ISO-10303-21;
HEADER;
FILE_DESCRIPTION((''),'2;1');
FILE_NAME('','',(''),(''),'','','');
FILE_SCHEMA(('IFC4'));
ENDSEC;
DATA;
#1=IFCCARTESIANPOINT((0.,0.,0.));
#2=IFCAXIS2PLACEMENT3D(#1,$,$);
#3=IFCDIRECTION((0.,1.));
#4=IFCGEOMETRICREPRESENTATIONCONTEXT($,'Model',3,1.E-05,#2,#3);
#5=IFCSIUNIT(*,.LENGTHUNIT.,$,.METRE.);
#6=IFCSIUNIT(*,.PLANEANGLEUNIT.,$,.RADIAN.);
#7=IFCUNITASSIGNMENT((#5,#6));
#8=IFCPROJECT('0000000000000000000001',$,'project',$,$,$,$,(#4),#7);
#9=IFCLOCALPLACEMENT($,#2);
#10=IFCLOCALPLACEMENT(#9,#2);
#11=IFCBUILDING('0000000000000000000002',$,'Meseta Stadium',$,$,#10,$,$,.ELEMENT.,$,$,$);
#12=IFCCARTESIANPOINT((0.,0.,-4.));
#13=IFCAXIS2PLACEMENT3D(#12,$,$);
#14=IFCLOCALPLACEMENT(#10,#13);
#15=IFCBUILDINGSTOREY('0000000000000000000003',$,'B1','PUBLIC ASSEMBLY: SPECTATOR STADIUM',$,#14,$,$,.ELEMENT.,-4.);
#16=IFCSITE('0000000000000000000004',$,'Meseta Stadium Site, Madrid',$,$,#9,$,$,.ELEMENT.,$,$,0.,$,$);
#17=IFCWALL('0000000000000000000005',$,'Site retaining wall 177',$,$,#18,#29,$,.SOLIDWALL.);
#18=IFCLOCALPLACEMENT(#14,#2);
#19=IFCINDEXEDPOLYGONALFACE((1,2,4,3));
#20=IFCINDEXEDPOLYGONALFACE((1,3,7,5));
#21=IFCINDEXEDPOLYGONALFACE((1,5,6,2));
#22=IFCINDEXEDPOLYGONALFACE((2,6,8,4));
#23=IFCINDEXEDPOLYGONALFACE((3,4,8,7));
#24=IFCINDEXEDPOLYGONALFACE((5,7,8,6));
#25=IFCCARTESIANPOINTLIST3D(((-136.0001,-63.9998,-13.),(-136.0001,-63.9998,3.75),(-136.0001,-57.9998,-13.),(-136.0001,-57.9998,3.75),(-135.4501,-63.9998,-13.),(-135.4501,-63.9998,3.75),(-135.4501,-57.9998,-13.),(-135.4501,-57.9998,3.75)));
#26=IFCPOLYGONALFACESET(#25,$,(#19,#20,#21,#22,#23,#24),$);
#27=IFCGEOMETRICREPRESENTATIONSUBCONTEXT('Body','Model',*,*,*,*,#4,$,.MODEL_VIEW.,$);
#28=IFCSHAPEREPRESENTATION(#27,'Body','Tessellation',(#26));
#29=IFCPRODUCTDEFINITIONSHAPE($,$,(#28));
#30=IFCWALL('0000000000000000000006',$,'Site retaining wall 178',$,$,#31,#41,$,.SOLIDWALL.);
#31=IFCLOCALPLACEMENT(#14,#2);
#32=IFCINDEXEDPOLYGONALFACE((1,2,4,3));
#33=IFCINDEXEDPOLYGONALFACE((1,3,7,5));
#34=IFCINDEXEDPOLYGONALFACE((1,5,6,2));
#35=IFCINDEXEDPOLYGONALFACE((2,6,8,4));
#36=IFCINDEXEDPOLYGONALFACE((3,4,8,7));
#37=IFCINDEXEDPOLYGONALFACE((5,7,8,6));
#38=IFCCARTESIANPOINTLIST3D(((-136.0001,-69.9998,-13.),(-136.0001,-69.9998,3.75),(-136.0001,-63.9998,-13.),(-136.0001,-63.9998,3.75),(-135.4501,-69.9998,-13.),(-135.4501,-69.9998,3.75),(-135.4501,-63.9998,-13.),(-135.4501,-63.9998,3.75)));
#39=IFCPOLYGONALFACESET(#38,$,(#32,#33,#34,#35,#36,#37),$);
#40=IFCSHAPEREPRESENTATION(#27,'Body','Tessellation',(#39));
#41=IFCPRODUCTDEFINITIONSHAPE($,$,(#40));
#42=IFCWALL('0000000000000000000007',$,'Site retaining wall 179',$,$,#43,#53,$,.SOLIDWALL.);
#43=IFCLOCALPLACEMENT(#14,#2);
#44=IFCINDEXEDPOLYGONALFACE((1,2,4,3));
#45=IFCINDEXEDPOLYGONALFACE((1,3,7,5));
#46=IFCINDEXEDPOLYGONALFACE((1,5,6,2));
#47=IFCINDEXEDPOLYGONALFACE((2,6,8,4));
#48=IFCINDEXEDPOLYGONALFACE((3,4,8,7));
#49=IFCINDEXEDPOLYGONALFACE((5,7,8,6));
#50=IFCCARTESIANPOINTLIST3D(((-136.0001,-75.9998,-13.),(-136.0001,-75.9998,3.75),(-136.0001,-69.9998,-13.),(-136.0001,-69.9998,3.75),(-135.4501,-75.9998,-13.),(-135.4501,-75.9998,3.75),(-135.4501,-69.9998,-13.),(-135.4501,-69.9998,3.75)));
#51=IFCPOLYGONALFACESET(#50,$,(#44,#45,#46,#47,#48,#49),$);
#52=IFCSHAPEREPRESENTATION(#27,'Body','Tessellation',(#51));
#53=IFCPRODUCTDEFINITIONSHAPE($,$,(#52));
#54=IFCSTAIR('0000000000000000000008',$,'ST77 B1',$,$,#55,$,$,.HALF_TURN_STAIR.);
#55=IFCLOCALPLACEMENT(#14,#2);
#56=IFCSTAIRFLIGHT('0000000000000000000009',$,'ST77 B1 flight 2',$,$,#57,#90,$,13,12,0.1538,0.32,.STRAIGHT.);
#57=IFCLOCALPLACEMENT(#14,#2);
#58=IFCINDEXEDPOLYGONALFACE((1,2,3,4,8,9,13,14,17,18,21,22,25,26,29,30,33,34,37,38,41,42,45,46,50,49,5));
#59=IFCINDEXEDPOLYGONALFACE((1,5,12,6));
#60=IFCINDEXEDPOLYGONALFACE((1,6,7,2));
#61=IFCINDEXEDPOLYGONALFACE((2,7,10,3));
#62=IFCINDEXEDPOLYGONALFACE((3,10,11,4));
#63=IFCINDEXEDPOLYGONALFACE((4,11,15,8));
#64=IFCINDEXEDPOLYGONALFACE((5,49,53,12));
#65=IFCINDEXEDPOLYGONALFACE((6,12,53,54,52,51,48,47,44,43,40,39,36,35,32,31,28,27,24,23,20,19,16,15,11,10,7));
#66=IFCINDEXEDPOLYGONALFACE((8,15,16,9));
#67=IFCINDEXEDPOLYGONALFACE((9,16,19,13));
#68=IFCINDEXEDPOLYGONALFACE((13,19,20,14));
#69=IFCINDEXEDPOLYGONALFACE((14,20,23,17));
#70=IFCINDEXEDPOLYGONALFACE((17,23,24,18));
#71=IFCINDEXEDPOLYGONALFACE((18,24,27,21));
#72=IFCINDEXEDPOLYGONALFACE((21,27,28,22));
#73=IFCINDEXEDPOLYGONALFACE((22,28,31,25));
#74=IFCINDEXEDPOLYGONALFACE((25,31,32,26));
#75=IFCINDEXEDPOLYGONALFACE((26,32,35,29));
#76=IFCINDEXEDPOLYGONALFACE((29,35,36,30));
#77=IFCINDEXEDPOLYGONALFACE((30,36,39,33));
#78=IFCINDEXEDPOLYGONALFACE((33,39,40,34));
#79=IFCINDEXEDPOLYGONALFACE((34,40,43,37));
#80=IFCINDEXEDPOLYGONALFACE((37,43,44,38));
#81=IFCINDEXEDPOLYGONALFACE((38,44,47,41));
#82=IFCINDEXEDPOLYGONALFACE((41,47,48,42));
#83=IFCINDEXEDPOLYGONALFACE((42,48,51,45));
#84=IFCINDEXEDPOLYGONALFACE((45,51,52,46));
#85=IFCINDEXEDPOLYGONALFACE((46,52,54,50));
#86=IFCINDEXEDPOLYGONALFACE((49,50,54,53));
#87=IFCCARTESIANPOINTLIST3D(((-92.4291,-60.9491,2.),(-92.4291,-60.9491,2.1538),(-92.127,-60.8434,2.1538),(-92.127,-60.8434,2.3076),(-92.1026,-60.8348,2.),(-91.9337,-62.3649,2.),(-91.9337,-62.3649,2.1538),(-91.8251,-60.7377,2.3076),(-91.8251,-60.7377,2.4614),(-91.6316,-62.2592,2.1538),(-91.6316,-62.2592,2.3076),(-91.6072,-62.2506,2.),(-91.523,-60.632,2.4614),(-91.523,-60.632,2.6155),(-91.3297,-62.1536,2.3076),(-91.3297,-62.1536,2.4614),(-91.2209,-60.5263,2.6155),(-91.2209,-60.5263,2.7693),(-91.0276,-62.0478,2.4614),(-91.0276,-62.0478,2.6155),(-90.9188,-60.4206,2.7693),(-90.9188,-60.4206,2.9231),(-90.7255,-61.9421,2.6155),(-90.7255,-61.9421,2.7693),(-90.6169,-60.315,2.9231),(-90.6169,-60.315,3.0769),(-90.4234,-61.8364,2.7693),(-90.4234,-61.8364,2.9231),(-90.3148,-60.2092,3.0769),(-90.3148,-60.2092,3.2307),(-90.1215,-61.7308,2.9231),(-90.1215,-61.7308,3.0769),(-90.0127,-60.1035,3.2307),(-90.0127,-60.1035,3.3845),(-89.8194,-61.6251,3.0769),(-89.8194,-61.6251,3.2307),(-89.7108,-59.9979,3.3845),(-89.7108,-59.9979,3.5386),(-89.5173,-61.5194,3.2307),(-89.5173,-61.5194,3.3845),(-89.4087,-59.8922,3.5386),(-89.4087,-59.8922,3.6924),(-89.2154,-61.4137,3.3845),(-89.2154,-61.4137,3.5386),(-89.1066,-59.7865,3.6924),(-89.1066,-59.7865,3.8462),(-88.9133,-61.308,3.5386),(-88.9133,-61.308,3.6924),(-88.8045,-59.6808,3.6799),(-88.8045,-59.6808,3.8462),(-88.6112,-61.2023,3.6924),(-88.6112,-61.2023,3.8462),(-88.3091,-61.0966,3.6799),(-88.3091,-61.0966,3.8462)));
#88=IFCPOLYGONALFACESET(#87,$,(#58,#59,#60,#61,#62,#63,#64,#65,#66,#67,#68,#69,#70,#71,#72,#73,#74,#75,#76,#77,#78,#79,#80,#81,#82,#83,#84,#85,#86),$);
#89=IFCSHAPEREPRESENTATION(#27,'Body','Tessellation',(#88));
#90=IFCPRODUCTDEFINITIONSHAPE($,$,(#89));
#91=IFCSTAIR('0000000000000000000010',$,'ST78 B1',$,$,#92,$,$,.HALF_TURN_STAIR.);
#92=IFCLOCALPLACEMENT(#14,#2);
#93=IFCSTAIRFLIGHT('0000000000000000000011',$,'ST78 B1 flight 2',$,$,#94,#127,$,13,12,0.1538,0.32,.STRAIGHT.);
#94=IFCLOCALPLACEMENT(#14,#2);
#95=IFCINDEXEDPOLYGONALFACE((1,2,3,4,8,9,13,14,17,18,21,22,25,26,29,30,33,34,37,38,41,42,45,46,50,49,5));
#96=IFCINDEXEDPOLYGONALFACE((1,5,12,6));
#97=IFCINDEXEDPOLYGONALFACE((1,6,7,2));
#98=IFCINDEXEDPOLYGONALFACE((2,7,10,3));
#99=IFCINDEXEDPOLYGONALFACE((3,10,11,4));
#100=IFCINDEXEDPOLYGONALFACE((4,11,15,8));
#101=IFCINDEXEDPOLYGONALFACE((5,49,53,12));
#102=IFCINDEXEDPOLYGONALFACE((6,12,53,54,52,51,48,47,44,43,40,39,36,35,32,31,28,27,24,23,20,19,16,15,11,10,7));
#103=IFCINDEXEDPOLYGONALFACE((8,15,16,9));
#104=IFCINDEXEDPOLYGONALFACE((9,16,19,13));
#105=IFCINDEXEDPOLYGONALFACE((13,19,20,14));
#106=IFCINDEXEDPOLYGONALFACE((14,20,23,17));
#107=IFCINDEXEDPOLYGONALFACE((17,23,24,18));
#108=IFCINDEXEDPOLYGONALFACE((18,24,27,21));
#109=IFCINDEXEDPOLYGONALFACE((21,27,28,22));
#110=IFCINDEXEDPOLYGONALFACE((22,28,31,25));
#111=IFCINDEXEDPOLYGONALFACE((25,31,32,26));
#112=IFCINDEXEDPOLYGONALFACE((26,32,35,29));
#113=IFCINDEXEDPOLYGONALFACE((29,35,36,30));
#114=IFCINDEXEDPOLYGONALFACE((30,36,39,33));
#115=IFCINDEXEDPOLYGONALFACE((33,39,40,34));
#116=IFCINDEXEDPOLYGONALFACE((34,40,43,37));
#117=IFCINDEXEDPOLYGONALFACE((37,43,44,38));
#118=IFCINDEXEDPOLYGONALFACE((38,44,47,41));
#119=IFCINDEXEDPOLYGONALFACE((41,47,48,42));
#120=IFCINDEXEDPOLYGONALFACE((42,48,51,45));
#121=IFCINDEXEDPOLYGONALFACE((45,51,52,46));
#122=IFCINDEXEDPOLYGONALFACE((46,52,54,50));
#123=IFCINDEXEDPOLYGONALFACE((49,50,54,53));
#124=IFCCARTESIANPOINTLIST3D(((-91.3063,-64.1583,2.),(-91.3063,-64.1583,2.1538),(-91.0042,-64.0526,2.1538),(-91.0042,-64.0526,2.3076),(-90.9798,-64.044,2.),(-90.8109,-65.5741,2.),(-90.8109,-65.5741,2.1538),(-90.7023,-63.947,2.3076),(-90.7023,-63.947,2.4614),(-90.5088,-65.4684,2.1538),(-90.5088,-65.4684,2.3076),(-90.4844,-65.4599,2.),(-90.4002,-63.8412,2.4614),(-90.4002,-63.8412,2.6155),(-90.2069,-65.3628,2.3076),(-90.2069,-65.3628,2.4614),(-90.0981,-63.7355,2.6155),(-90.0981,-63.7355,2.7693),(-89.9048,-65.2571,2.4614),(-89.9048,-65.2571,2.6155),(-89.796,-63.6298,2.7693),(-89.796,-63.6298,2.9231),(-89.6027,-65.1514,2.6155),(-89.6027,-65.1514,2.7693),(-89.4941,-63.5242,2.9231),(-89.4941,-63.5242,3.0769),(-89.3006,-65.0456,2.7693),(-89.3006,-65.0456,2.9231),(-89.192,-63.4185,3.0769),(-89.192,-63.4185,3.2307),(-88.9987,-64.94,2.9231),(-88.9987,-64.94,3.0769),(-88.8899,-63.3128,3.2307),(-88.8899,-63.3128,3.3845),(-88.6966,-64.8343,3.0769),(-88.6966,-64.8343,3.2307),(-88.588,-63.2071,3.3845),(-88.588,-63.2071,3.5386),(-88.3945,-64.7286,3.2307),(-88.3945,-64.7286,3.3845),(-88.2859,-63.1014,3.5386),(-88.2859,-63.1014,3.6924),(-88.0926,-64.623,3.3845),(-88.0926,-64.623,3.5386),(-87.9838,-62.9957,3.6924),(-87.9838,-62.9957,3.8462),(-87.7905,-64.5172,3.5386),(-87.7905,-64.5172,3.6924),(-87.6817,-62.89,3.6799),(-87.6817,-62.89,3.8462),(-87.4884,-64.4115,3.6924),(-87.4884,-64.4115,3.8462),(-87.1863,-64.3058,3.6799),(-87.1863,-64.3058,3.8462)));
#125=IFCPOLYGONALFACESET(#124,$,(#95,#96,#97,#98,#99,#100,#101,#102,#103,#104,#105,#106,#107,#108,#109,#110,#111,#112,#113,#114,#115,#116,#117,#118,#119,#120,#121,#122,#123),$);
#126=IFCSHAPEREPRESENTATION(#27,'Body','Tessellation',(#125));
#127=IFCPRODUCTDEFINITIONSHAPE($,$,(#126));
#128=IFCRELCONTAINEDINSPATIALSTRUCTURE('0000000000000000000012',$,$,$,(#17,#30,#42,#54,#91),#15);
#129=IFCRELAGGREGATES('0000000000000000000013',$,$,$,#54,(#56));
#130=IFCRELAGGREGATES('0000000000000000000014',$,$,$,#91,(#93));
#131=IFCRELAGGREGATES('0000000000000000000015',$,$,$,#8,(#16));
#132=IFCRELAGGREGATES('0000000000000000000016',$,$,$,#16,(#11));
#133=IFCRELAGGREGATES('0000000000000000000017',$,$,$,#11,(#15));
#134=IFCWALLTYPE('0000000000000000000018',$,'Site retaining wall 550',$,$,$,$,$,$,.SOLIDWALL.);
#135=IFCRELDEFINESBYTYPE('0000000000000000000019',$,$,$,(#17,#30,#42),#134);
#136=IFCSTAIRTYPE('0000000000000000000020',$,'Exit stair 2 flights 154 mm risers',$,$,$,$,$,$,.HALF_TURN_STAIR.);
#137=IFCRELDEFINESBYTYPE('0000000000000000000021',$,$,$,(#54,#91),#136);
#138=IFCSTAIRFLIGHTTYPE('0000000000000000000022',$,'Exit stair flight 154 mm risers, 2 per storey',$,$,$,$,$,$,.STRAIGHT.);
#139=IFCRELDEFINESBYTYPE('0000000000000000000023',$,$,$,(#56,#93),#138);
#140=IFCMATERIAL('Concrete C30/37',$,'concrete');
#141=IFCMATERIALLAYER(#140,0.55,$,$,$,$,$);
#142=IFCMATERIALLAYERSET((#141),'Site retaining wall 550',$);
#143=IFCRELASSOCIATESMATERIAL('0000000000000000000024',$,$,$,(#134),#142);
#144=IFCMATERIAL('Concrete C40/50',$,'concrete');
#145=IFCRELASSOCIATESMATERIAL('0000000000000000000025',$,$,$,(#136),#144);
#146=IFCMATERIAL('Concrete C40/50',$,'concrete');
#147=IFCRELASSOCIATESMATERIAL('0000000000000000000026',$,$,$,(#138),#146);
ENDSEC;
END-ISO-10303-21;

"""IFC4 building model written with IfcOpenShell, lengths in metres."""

from ifc_helpers import new_model, si_unit, direction, frame, frame_2d, origin, place, context, subcontext, project, spatial, polyline, rectangle, outline, extrude, material, layer, layer_set, type_object, element, aggregate, save


model = new_model("IFC4")

# Units and contexts
model_context = context("Model", 3, precision=1e-05, world=origin(), true_north=direction((0.0, 1.0)))
body_context = subcontext(model_context, "Body", "Model", "MODEL_VIEW")
ifc_project = project(units=[si_unit("LENGTHUNIT", "METRE"), si_unit("PLANEANGLEUNIT", "RADIAN")], contexts=[model_context])

# Site, building, storey
site_placement = place(None, origin())
site = spatial("IfcSite", under=ifc_project, at=site_placement, Name="Meseta Stadium Site, Madrid", CompositionType="ELEMENT", RefElevation=0.0)
building_placement = place(site_placement, origin())
building = spatial("IfcBuilding", under=site, at=building_placement, Name="Meseta Stadium", CompositionType="ELEMENT")
storey_placement = place(building_placement, frame((0.0, 0.0, -4.0)))
storey = spatial("IfcBuildingStorey", under=building, at=storey_placement, Name="B1", Description="PUBLIC ASSEMBLY: SPECTATOR STADIUM", CompositionType="ELEMENT", Elevation=-4.0)

# Walls
ifc_material_1 = material(Name="Concrete C30/37", Category="concrete")
ifc_layer_1 = layer(ifc_material_1, 0.55)
ifc_layer_set_1 = layer_set([ifc_layer_1], Name="Site retaining wall 550")
wall_type_1 = type_object("IfcWallType", Name="Site retaining wall 550", PredefinedType="SOLIDWALL", material=ifc_layer_set_1)
for number, where, z_axis, x_axis, name in (
    (1, (-135.7251, -57.9998, -13.0), (0.0, 0.0, 1.0), (0.0, -1.0, 0.0), "Site retaining wall 177"),
    (2, (-135.7251, -63.9998, -13.0), (0.0, 0.0, 1.0), (0.0, -1.0, 0.0), "Site retaining wall 178"),
    (3, (-135.7251, -69.9998, -13.0), (0.0, 0.0, 1.0), (0.0, -1.0, 0.0), "Site retaining wall 179"),
):
    element("IfcWall", number, at=place(storey_placement, frame(where, z_axis=z_axis, x_axis=x_axis)), inside=storey, type_object=wall_type_1, Name=name, PredefinedType="SOLIDWALL", context=body_context, shape_type="SweptSolid", body=[
        extrude(rectangle(XDim=6.0, YDim=0.55, at=frame_2d((3.0, 0.0))), origin(), (0.0, 0.0, 1.0), 16.75),
    ])

# Stairs, stair flights
ifc_material_2 = material(Name="Concrete C40/50", Category="concrete")
stair_type = type_object("IfcStairType", Name="Exit stair 2 flights 154 mm risers", PredefinedType="HALF_TURN_STAIR", material=ifc_material_2)
stair_1_placement = place(storey_placement, origin())
stair_1 = element("IfcStair", 4, at=stair_1_placement, inside=storey, type_object=stair_type, Name="ST77 B1", PredefinedType="HALF_TURN_STAIR")
ifc_material_3 = material(Name="Concrete C40/50", Category="concrete")
stair_flight_type = type_object("IfcStairFlightType", Name="Exit stair flight 154 mm risers, 2 per storey", PredefinedType="STRAIGHT", material=ifc_material_3)
stair_flight_1_placement = place(storey_placement, frame((-92.1814, -61.657, 2.0), z_axis=(0.0, 0.0, 1.0), x_axis=(0.943883, 0.330279, 0.0)))
stair_flight_1 = element("IfcStairFlight", 5, at=stair_flight_1_placement, type_object=stair_flight_type, Name="ST77 B1 flight 2", NumberOfRisers=13, NumberOfTreads=12, PredefinedType="STRAIGHT", RiserHeight=0.1538, TreadLength=0.32, context=body_context, shape_type="SweptSolid", body=[
    extrude(outline(polyline([(0.0, 0.0), (0.0, 0.1538), (0.3201, 0.1538), (0.3201, 0.3076), (0.6399, 0.3076), (0.6399, 0.4614), (0.96, 0.4614), (0.96, 0.6155), (1.28, 0.6155), (1.28, 0.7693), (1.6001, 0.7693), (1.6001, 0.9231), (1.9199, 0.9231), (1.9199, 1.0769), (2.24, 1.0769), (2.24, 1.2307), (2.5601, 1.2307), (2.5601, 1.3845), (2.8799, 1.3845), (2.8799, 1.5386), (3.2, 1.5386), (3.2, 1.6924), (3.52, 1.6924), (3.52, 1.8462), (3.8401, 1.8462), (3.8401, 1.6799), (0.3459, 0.0), (0.0, 0.0)])), frame((0.0, 0.75, 0.0), z_axis=(0.0, -1.0, 0.0), x_axis=(1.0, 0.0, 0.0)), (0.0, 0.0, 1.0), 1.5),
])
aggregate(stair_1, [stair_flight_1])
stair_2_placement = place(storey_placement, origin())
stair_2 = element("IfcStair", 6, at=stair_2_placement, inside=storey, type_object=stair_type, Name="ST78 B1", PredefinedType="HALF_TURN_STAIR")
stair_flight_2_placement = place(storey_placement, frame((-91.0586, -64.8662, 2.0), z_axis=(0.0, 0.0, 1.0), x_axis=(0.943883, 0.330279, 0.0)))
stair_flight_2 = element("IfcStairFlight", 7, at=stair_flight_2_placement, type_object=stair_flight_type, Name="ST78 B1 flight 2", NumberOfRisers=13, NumberOfTreads=12, PredefinedType="STRAIGHT", RiserHeight=0.1538, TreadLength=0.32, context=body_context, shape_type="SweptSolid", body=[
    extrude(outline(polyline([(0.0, 0.0), (0.0, 0.1538), (0.3201, 0.1538), (0.3201, 0.3076), (0.6399, 0.3076), (0.6399, 0.4614), (0.96, 0.4614), (0.96, 0.6155), (1.28, 0.6155), (1.28, 0.7693), (1.6001, 0.7693), (1.6001, 0.9231), (1.9199, 0.9231), (1.9199, 1.0769), (2.24, 1.0769), (2.24, 1.2307), (2.5601, 1.2307), (2.5601, 1.3845), (2.8799, 1.3845), (2.8799, 1.5386), (3.2, 1.5386), (3.2, 1.6924), (3.52, 1.6924), (3.52, 1.8462), (3.8401, 1.8462), (3.8401, 1.6799), (0.3459, 0.0), (0.0, 0.0)])), frame((0.0, 0.75, 0.0), z_axis=(0.0, -1.0, 0.0), x_axis=(1.0, 0.0, 0.0)), (0.0, 0.0, 1.0), 1.5),
])
aggregate(stair_2, [stair_flight_2])

save(model, "model.ifc")
